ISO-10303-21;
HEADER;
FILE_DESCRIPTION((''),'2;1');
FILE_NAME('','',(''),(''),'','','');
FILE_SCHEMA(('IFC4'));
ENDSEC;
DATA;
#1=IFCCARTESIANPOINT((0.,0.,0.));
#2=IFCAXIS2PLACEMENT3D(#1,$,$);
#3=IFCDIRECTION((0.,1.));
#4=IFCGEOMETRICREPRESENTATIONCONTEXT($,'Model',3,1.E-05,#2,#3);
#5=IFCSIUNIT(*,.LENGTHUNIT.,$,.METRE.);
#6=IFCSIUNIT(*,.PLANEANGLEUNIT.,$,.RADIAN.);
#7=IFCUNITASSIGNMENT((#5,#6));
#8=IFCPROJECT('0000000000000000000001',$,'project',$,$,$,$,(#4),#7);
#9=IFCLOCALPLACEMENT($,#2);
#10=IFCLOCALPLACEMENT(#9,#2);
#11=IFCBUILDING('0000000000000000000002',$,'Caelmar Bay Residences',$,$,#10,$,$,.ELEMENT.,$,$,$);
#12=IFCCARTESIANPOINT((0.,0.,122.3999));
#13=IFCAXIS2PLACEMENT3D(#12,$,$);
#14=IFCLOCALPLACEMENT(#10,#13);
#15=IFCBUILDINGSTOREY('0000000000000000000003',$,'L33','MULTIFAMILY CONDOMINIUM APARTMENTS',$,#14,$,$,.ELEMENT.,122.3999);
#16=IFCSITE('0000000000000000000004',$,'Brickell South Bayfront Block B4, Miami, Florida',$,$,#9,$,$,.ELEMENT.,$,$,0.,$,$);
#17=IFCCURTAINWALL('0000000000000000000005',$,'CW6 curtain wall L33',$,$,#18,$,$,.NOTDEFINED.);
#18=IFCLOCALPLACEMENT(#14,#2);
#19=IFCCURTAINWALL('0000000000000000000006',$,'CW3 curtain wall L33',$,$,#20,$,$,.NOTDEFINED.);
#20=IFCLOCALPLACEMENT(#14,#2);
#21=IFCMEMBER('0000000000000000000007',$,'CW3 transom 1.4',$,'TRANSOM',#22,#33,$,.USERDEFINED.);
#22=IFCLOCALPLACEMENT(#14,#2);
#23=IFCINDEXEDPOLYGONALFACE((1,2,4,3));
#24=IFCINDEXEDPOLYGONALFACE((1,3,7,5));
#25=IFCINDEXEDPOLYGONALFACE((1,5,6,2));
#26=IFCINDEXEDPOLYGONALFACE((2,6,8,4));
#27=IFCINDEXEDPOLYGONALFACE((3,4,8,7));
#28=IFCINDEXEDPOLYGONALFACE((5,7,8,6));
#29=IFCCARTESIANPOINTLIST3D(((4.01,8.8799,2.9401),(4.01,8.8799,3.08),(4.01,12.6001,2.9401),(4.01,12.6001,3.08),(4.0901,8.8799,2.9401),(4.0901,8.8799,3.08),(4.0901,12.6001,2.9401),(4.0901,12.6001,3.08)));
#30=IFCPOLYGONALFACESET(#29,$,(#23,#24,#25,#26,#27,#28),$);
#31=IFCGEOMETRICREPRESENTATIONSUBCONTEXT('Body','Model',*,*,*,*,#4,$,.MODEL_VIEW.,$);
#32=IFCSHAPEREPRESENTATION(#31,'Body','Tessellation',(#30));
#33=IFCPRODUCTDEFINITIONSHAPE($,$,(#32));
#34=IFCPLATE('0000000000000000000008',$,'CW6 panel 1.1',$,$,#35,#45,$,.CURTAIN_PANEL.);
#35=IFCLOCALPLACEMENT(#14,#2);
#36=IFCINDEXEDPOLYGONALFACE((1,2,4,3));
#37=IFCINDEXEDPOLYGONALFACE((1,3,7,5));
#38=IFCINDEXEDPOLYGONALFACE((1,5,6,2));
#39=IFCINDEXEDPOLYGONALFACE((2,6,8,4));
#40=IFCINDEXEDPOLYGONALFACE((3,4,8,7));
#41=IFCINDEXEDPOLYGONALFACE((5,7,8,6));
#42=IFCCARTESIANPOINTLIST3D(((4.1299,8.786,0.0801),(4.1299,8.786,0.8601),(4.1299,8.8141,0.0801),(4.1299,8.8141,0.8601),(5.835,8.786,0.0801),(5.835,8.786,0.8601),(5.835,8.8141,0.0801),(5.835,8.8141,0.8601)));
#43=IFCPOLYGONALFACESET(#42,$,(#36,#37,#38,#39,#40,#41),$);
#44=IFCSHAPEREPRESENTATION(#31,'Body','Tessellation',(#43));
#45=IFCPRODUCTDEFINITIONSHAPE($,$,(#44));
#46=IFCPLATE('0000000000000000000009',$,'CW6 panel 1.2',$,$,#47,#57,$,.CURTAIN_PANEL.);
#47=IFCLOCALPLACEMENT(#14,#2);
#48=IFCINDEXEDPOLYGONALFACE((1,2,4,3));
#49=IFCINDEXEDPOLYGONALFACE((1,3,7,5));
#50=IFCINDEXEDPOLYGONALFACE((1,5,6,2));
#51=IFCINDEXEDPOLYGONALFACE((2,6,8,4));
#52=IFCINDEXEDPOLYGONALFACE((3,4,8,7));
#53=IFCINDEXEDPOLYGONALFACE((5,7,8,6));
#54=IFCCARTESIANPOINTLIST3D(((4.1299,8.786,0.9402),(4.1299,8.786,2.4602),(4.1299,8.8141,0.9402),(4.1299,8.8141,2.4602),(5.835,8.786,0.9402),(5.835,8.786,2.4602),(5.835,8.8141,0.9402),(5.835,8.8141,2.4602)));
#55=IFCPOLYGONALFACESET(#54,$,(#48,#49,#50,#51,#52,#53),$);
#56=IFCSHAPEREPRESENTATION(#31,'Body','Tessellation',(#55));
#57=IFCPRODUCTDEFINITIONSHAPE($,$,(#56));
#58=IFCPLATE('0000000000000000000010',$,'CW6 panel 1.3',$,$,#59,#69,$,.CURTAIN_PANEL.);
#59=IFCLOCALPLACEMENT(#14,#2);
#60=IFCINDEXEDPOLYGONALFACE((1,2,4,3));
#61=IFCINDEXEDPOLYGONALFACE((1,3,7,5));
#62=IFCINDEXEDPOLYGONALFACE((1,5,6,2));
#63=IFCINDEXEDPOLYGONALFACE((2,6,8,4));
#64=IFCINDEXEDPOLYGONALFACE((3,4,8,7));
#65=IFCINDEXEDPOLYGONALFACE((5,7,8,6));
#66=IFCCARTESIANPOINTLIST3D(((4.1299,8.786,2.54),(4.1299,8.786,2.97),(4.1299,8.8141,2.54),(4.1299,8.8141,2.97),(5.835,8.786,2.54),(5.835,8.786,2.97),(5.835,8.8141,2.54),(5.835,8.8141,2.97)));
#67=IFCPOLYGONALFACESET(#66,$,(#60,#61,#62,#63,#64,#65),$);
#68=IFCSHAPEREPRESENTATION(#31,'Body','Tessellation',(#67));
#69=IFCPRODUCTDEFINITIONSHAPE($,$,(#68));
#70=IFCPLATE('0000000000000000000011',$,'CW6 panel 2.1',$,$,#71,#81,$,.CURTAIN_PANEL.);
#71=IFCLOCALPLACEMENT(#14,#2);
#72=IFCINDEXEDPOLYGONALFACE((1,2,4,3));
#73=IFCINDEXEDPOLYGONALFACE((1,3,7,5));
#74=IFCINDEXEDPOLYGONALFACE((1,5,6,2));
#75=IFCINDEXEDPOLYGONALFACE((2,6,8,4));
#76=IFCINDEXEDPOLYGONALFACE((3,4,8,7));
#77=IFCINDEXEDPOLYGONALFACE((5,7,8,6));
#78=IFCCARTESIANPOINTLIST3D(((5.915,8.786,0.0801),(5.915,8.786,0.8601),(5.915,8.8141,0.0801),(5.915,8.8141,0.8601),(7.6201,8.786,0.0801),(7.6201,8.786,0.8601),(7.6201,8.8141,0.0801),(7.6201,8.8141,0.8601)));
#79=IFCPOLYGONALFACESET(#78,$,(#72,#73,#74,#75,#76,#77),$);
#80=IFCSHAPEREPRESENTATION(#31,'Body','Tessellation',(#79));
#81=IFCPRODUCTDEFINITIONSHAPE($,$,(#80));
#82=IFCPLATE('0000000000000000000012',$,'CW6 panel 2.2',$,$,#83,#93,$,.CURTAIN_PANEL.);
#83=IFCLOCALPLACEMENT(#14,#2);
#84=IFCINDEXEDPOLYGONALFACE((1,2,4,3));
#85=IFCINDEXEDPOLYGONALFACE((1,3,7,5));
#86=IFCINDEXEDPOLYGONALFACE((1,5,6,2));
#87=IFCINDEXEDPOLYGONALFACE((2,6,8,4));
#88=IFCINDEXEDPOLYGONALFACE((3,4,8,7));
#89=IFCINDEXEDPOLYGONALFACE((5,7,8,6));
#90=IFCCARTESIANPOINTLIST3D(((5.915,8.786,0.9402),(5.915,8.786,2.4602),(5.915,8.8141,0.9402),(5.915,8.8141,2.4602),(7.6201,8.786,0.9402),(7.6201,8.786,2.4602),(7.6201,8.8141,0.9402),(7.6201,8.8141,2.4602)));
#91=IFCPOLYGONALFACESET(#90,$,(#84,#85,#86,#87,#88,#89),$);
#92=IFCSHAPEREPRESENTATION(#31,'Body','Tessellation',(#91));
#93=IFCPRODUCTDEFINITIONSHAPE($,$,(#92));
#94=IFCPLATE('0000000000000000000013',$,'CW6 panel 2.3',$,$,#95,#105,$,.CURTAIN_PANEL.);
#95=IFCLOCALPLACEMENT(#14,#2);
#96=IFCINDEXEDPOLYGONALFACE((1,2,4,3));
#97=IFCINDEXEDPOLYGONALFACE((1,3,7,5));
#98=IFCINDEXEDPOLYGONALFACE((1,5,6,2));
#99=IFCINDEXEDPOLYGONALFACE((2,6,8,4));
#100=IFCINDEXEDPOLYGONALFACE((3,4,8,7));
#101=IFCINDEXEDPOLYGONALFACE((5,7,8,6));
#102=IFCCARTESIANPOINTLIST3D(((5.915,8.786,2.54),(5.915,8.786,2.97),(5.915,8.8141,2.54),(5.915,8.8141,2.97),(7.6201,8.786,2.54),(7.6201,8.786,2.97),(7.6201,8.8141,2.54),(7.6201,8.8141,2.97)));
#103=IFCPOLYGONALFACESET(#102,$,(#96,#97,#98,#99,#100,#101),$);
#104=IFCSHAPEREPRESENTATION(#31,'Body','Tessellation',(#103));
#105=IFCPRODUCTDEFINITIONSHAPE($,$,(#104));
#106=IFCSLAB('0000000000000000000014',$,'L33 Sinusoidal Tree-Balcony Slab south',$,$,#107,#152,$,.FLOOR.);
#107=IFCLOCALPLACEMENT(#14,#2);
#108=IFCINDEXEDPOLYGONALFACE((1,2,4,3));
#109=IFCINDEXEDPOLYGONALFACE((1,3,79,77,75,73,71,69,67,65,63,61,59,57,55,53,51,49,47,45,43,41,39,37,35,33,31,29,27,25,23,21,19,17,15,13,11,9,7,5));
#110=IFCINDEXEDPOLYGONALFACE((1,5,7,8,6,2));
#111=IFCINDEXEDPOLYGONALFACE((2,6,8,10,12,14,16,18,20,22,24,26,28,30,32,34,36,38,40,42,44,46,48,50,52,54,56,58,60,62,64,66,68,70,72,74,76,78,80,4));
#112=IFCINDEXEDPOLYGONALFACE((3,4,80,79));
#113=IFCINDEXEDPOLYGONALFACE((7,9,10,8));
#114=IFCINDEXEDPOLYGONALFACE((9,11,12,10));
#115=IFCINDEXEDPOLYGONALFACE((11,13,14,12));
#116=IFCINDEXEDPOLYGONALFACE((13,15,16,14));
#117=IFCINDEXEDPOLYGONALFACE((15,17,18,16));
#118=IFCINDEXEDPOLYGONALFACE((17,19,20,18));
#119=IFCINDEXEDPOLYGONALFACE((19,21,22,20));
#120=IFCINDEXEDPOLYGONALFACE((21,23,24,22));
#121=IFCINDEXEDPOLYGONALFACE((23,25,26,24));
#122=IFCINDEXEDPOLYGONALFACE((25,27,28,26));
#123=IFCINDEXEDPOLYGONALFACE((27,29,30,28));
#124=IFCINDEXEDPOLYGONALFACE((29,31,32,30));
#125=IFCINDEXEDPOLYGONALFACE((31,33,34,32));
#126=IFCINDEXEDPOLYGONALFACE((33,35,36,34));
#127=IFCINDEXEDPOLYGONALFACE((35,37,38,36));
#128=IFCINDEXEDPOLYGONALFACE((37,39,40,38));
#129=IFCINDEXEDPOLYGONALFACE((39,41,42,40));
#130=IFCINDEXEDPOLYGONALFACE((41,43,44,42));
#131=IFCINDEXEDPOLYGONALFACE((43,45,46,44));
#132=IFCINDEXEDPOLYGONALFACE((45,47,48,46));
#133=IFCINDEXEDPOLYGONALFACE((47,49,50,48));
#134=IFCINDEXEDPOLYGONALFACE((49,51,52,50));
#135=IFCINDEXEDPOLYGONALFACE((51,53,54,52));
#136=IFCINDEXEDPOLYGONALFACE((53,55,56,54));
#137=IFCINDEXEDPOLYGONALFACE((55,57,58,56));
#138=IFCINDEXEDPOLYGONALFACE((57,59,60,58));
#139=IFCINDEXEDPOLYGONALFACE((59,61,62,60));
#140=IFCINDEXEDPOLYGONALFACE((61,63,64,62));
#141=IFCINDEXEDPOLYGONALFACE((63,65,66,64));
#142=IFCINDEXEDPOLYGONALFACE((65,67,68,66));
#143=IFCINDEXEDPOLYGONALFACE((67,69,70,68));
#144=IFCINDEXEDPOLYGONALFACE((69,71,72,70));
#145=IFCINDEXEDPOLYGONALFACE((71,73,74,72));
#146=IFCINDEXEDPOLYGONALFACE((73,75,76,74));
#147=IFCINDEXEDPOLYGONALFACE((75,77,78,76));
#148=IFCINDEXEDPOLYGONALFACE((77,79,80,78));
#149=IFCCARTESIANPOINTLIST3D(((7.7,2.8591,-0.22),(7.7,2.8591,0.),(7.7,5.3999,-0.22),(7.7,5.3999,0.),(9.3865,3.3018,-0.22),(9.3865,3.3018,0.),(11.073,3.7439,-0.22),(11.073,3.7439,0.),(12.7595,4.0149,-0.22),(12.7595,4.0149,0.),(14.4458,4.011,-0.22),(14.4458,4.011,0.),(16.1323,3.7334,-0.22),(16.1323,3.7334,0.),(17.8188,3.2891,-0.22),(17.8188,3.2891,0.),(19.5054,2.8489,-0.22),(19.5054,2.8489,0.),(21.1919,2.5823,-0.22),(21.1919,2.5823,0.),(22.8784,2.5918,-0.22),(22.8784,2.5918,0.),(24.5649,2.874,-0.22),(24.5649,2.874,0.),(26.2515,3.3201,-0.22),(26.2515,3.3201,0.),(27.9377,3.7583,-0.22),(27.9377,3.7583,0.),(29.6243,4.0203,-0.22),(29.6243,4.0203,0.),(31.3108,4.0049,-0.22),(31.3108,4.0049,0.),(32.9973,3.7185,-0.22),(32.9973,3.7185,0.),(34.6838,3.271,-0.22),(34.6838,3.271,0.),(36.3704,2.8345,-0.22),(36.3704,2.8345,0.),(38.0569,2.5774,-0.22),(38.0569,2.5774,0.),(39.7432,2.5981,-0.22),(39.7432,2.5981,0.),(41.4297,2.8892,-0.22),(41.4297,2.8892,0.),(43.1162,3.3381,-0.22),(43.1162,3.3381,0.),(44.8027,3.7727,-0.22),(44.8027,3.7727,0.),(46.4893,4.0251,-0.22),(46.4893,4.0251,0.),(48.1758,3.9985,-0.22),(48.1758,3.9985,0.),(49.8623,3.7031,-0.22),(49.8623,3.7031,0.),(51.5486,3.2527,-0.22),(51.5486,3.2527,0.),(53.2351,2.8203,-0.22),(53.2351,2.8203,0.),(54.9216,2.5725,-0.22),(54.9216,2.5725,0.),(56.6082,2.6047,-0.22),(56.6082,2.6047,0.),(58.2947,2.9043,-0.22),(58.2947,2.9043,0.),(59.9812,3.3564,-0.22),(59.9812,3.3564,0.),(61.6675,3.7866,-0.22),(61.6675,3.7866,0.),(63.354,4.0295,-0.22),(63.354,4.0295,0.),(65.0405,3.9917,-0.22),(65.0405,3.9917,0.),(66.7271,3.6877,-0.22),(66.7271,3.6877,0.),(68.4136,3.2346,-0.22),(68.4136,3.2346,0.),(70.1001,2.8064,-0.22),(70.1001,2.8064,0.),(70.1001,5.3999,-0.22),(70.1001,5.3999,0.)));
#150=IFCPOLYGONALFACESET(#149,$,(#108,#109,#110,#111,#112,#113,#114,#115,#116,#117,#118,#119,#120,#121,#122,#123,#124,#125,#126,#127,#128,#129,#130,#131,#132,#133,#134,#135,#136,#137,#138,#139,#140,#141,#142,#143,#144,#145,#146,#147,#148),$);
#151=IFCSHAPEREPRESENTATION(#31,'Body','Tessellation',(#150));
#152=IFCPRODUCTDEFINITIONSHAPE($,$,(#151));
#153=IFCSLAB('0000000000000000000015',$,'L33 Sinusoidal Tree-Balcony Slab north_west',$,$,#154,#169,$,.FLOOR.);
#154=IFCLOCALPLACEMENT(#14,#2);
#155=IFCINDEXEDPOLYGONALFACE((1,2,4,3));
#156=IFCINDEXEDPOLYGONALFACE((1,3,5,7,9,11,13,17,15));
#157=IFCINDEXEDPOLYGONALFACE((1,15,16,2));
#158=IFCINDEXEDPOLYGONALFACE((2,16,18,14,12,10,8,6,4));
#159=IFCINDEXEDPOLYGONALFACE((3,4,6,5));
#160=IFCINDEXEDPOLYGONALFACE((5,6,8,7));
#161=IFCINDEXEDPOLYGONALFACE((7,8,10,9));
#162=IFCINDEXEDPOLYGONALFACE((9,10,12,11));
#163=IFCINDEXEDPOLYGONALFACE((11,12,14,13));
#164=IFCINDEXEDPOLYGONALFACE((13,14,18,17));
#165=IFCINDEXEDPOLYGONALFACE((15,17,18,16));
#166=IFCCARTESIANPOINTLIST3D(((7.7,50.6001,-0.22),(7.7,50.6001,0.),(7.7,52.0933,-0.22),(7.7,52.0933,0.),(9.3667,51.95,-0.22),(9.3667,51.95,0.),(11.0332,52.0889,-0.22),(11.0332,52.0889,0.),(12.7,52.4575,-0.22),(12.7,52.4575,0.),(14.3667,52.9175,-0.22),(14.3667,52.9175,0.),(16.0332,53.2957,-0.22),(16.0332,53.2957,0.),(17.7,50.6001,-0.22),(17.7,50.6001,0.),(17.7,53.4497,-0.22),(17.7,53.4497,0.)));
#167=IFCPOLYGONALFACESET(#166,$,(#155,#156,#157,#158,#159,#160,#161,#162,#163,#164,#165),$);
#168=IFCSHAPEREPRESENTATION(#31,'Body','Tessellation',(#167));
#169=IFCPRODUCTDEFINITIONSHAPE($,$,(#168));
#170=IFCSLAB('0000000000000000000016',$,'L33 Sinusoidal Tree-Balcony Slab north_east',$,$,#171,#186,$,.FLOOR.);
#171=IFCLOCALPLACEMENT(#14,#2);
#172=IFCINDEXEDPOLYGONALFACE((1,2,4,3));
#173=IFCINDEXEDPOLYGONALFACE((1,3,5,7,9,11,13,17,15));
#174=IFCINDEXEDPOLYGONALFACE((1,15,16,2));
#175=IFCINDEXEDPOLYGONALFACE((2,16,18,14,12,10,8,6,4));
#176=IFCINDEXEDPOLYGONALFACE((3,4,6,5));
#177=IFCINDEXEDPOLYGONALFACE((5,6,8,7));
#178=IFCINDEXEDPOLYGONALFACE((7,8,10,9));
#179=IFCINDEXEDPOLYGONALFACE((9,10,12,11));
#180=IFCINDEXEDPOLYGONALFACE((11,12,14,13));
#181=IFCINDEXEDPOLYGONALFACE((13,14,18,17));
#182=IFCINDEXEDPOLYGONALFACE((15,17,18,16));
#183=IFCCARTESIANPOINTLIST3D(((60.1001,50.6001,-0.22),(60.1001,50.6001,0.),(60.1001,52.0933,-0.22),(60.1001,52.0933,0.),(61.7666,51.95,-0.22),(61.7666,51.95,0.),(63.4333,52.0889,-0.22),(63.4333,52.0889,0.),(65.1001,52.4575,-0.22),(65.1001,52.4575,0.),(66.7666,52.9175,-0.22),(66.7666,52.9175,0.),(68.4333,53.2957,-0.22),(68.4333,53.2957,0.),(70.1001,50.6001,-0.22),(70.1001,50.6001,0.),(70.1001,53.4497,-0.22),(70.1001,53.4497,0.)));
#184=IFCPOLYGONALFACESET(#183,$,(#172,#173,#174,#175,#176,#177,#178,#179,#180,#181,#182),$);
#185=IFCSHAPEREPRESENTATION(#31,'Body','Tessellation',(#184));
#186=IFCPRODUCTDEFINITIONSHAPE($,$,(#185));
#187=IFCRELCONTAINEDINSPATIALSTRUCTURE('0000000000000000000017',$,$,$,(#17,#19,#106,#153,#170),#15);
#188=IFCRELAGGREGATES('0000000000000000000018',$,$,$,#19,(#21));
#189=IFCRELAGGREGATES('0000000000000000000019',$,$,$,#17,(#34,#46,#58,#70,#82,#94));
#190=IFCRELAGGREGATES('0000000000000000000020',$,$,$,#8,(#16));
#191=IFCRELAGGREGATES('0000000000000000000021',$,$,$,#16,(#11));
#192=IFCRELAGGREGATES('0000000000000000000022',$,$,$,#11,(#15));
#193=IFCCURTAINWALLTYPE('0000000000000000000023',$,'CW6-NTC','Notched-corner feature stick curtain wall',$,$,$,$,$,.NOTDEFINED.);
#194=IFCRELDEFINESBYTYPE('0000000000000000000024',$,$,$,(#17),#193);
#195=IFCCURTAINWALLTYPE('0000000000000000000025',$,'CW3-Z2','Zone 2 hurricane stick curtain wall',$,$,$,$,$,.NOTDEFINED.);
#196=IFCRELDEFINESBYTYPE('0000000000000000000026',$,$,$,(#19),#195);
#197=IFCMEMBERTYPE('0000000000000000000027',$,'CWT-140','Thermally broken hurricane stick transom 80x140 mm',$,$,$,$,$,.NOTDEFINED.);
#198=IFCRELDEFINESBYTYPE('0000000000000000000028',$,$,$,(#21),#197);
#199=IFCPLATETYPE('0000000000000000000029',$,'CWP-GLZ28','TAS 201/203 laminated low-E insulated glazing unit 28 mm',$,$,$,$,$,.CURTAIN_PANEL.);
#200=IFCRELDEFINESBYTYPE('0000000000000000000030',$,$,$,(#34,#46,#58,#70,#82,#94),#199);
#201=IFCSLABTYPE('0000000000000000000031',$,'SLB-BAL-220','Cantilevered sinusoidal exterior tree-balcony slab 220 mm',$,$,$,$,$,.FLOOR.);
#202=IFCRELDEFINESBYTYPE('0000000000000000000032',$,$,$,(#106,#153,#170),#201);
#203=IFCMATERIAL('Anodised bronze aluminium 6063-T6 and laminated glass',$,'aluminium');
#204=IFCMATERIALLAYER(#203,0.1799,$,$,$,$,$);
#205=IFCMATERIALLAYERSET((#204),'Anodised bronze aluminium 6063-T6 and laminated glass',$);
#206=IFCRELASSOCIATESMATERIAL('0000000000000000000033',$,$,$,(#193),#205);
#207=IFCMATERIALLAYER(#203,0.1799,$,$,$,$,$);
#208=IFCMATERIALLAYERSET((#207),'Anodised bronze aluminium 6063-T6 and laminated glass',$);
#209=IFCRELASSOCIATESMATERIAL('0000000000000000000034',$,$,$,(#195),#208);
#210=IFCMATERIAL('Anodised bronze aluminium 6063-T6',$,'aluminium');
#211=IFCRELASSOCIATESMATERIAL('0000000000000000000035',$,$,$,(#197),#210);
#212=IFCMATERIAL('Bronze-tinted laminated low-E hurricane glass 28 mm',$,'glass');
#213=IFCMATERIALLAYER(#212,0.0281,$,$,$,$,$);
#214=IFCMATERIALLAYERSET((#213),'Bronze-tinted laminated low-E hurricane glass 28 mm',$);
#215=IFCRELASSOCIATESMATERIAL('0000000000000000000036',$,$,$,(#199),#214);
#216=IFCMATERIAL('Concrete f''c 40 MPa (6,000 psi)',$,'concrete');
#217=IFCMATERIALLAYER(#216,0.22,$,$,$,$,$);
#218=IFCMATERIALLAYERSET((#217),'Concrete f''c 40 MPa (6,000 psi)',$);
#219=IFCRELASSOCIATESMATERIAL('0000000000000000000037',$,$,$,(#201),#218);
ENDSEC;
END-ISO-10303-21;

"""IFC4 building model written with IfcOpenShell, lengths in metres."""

from ifc_helpers import new_model, si_unit, direction, frame, origin, origin_2d, place, context, subcontext, project, spatial, polyline, rectangle, outline, extrude, material, layer, layer_set, material_profile, profile_set, type_object, element, aggregate, save


model = new_model("IFC4")

# Units and contexts
model_context = context("Model", 3, precision=1e-05, world=origin(), true_north=direction((0.0, 1.0)))
body_context = subcontext(model_context, "Body", "Model", "MODEL_VIEW")
ifc_project = project(units=[si_unit("LENGTHUNIT", "METRE"), si_unit("PLANEANGLEUNIT", "RADIAN")], contexts=[model_context])

# Site, building, storey
site_placement = place(None, origin())
site = spatial("IfcSite", under=ifc_project, at=site_placement, Name="Brickell South Bayfront Block B4, Miami, Florida", CompositionType="ELEMENT", RefElevation=0.0)
building_placement = place(site_placement, origin())
building = spatial("IfcBuilding", under=site, at=building_placement, Name="Caelmar Bay Residences", CompositionType="ELEMENT")
storey_placement = place(building_placement, frame((0.0, 0.0, 122.3999)))
storey = spatial("IfcBuildingStorey", under=building, at=storey_placement, Name="L33", Description="MULTIFAMILY CONDOMINIUM APARTMENTS", CompositionType="ELEMENT", Elevation=122.3999)

# Curtain wall
ifc_material_1 = material(Name="Anodised bronze aluminium 6063-T6 and laminated glass", Category="aluminium")
ifc_layer_1 = layer(ifc_material_1, 0.1799)
ifc_layer_set_1 = layer_set([ifc_layer_1], Name="Anodised bronze aluminium 6063-T6 and laminated glass")
curtain_wall_type_1 = type_object("IfcCurtainWallType", Name="CW6-NTC", Description="Notched-corner feature stick curtain wall", PredefinedType="NOTDEFINED", material=ifc_layer_set_1)
curtain_wall_1_placement = place(storey_placement, origin())
curtain_wall_1 = element("IfcCurtainWall", 1, at=curtain_wall_1_placement, inside=storey, type_object=curtain_wall_type_1, Name="CW6 curtain wall L33", PredefinedType="NOTDEFINED")
ifc_material_2 = material(Name="Anodised bronze aluminium 6063-T6", Category="aluminium")

# Curtain wall
ifc_layer_2 = layer(ifc_material_1, 0.1799)
ifc_layer_set_2 = layer_set([ifc_layer_2], Name="Anodised bronze aluminium 6063-T6 and laminated glass")
curtain_wall_type_2 = type_object("IfcCurtainWallType", Name="CW3-Z2", Description="Zone 2 hurricane stick curtain wall", PredefinedType="NOTDEFINED", material=ifc_layer_set_2)
curtain_wall_2_placement = place(storey_placement, origin())
curtain_wall_2 = element("IfcCurtainWall", 2, at=curtain_wall_2_placement, inside=storey, type_object=curtain_wall_type_2, Name="CW3 curtain wall L33", PredefinedType="NOTDEFINED")

# Member
ifc_material_profile_1 = material_profile(ifc_material_2, rectangle(XDim=0.0801, YDim=0.1399, at=origin_2d()), Name="CWT-80X140")
ifc_profile_set_1 = profile_set([ifc_material_profile_1], Name="Anodised bronze aluminium 6063-T6")
member_type_1 = type_object("IfcMemberType", Name="CWT-140", Description="Thermally broken hurricane stick transom 80x140 mm", PredefinedType="NOTDEFINED", material=ifc_profile_set_1)
member_1_placement = place(storey_placement, frame((4.05, 8.8799, 3.01), z_axis=(0.0, 1.0, 0.0), x_axis=(-1.0, 0.0, 0.0)))
member_1 = element("IfcMember", 3, at=member_1_placement, type_object=member_type_1, Name="CW3 transom 1.4", ObjectType="TRANSOM", PredefinedType="USERDEFINED", context=body_context, shape_type="SweptSolid", body=[
    extrude(rectangle(XDim=0.0801, YDim=0.1399, at=origin_2d()), origin(), (0.0, 0.0, 1.0), 3.7202),
])
aggregate(curtain_wall_2, [member_1])

# Plates
ifc_material_3 = material(Name="Bronze-tinted laminated low-E hurricane glass 28 mm", Category="glass")
ifc_layer_3 = layer(ifc_material_3, 0.0281)
ifc_layer_set_3 = layer_set([ifc_layer_3], Name="Bronze-tinted laminated low-E hurricane glass 28 mm")
plate_type = type_object("IfcPlateType", Name="CWP-GLZ28", Description="TAS 201/203 laminated low-E insulated glazing unit 28 mm", PredefinedType="CURTAIN_PANEL", material=ifc_layer_set_3)
plate_1_placement = place(storey_placement, frame((4.9824, 8.8, 0.0801), z_axis=(0.0, 0.0, 1.0), x_axis=(1.0, 0.0, 0.0)))
plate_1 = element("IfcPlate", 4, at=plate_1_placement, type_object=plate_type, Name="CW6 panel 1.1", PredefinedType="CURTAIN_PANEL", context=body_context, shape_type="SweptSolid", body=[
    extrude(rectangle(XDim=1.7051, YDim=0.0281, at=origin_2d()), origin(), (0.0, 0.0, 1.0), 0.78),
])
plate_2_placement = place(storey_placement, frame((4.9824, 8.8, 0.9402), z_axis=(0.0, 0.0, 1.0), x_axis=(1.0, 0.0, 0.0)))
plate_2 = element("IfcPlate", 5, at=plate_2_placement, type_object=plate_type, Name="CW6 panel 1.2", PredefinedType="CURTAIN_PANEL", context=body_context, shape_type="SweptSolid", body=[
    extrude(rectangle(XDim=1.7051, YDim=0.0281, at=origin_2d()), origin(), (0.0, 0.0, 1.0), 1.52),
])
plate_3_placement = place(storey_placement, frame((4.9824, 8.8, 2.54), z_axis=(0.0, 0.0, 1.0), x_axis=(1.0, 0.0, 0.0)))
plate_3 = element("IfcPlate", 6, at=plate_3_placement, type_object=plate_type, Name="CW6 panel 1.3", PredefinedType="CURTAIN_PANEL", context=body_context, shape_type="SweptSolid", body=[
    extrude(rectangle(XDim=1.7051, YDim=0.0281, at=origin_2d()), origin(), (0.0, 0.0, 1.0), 0.4299),
])
plate_4_placement = place(storey_placement, frame((6.7676, 8.8, 0.0801), z_axis=(0.0, 0.0, 1.0), x_axis=(1.0, 0.0, 0.0)))
plate_4 = element("IfcPlate", 7, at=plate_4_placement, type_object=plate_type, Name="CW6 panel 2.1", PredefinedType="CURTAIN_PANEL", context=body_context, shape_type="SweptSolid", body=[
    extrude(rectangle(XDim=1.7051, YDim=0.0281, at=origin_2d()), origin(), (0.0, 0.0, 1.0), 0.78),
])
plate_5_placement = place(storey_placement, frame((6.7676, 8.8, 0.9402), z_axis=(0.0, 0.0, 1.0), x_axis=(1.0, 0.0, 0.0)))
plate_5 = element("IfcPlate", 8, at=plate_5_placement, type_object=plate_type, Name="CW6 panel 2.2", PredefinedType="CURTAIN_PANEL", context=body_context, shape_type="SweptSolid", body=[
    extrude(rectangle(XDim=1.7051, YDim=0.0281, at=origin_2d()), origin(), (0.0, 0.0, 1.0), 1.52),
])
plate_6_placement = place(storey_placement, frame((6.7676, 8.8, 2.54), z_axis=(0.0, 0.0, 1.0), x_axis=(1.0, 0.0, 0.0)))
plate_6 = element("IfcPlate", 9, at=plate_6_placement, type_object=plate_type, Name="CW6 panel 2.3", PredefinedType="CURTAIN_PANEL", context=body_context, shape_type="SweptSolid", body=[
    extrude(rectangle(XDim=1.7051, YDim=0.0281, at=origin_2d()), origin(), (0.0, 0.0, 1.0), 0.4299),
])
aggregate(curtain_wall_1, [plate_1, plate_2, plate_3, plate_4, plate_5, plate_6])

# Slabs
ifc_material_4 = material(Name="Concrete f'c 40 MPa (6,000 psi)", Category="concrete")
ifc_layer_4 = layer(ifc_material_4, 0.22)
ifc_layer_set_4 = layer_set([ifc_layer_4], Name="Concrete f'c 40 MPa (6,000 psi)")
slab_type_1 = type_object("IfcSlabType", Name="SLB-BAL-220", Description="Cantilevered sinusoidal exterior tree-balcony slab 220 mm", PredefinedType="FLOOR", material=ifc_layer_set_4)
slab_1_placement = place(storey_placement, frame((0.0, 0.0, -0.22)))
element("IfcSlab", 10, at=slab_1_placement, inside=storey, type_object=slab_type_1, Name="L33 Sinusoidal Tree-Balcony Slab south", PredefinedType="FLOOR", context=body_context, shape_type="SweptSolid", body=[
    extrude(outline(polyline([(7.7, 2.8591), (9.3865, 3.3018), (11.073, 3.7439), (12.7595, 4.0149), (14.4458, 4.011), (16.1323, 3.7334), (17.8188, 3.2891), (19.5054, 2.8489), (21.1919, 2.5823), (22.8784, 2.5918), (24.5649, 2.874), (26.2515, 3.3201), (27.9377, 3.7583), (29.6243, 4.0203), (31.3108, 4.0049), (32.9973, 3.7185), (34.6838, 3.271), (36.3704, 2.8345), (38.0569, 2.5774), (39.7432, 2.5981), (41.4297, 2.8892), (43.1162, 3.3381), (44.8027, 3.7727), (46.4893, 4.0251), (48.1758, 3.9985), (49.8623, 3.7031), (51.5486, 3.2527), (53.2351, 2.8203), (54.9216, 2.5725), (56.6082, 2.6047), (58.2947, 2.9043), (59.9812, 3.3564), (61.6675, 3.7866), (63.354, 4.0295), (65.0405, 3.9917), (66.7271, 3.6877), (68.4136, 3.2346), (70.1001, 2.8064), (70.1001, 5.3999), (7.7, 5.3999), (7.7, 2.8591)])), origin(), (0.0, 0.0, 1.0), 0.22),
])
slab_2_placement = place(storey_placement, frame((0.0, 0.0, -0.22)))
element("IfcSlab", 11, at=slab_2_placement, inside=storey, type_object=slab_type_1, Name="L33 Sinusoidal Tree-Balcony Slab north_west", PredefinedType="FLOOR", context=body_context, shape_type="SweptSolid", body=[
    extrude(outline(polyline([(7.7, 50.6001), (17.7, 50.6001), (17.7, 53.4497), (16.0332, 53.2957), (14.3667, 52.9175), (12.7, 52.4575), (11.0332, 52.0889), (9.3667, 51.95), (7.7, 52.0933), (7.7, 50.6001)])), origin(), (0.0, 0.0, 1.0), 0.22),
])
slab_3_placement = place(storey_placement, frame((0.0, 0.0, -0.22)))
element("IfcSlab", 12, at=slab_3_placement, inside=storey, type_object=slab_type_1, Name="L33 Sinusoidal Tree-Balcony Slab north_east", PredefinedType="FLOOR", context=body_context, shape_type="SweptSolid", body=[
    extrude(outline(polyline([(60.1001, 50.6001), (70.1001, 50.6001), (70.1001, 53.4497), (68.4333, 53.2957), (66.7666, 52.9175), (65.1001, 52.4575), (63.4333, 52.0889), (61.7666, 51.95), (60.1001, 52.0933), (60.1001, 50.6001)])), origin(), (0.0, 0.0, 1.0), 0.22),
])

save(model, "model.ifc")
